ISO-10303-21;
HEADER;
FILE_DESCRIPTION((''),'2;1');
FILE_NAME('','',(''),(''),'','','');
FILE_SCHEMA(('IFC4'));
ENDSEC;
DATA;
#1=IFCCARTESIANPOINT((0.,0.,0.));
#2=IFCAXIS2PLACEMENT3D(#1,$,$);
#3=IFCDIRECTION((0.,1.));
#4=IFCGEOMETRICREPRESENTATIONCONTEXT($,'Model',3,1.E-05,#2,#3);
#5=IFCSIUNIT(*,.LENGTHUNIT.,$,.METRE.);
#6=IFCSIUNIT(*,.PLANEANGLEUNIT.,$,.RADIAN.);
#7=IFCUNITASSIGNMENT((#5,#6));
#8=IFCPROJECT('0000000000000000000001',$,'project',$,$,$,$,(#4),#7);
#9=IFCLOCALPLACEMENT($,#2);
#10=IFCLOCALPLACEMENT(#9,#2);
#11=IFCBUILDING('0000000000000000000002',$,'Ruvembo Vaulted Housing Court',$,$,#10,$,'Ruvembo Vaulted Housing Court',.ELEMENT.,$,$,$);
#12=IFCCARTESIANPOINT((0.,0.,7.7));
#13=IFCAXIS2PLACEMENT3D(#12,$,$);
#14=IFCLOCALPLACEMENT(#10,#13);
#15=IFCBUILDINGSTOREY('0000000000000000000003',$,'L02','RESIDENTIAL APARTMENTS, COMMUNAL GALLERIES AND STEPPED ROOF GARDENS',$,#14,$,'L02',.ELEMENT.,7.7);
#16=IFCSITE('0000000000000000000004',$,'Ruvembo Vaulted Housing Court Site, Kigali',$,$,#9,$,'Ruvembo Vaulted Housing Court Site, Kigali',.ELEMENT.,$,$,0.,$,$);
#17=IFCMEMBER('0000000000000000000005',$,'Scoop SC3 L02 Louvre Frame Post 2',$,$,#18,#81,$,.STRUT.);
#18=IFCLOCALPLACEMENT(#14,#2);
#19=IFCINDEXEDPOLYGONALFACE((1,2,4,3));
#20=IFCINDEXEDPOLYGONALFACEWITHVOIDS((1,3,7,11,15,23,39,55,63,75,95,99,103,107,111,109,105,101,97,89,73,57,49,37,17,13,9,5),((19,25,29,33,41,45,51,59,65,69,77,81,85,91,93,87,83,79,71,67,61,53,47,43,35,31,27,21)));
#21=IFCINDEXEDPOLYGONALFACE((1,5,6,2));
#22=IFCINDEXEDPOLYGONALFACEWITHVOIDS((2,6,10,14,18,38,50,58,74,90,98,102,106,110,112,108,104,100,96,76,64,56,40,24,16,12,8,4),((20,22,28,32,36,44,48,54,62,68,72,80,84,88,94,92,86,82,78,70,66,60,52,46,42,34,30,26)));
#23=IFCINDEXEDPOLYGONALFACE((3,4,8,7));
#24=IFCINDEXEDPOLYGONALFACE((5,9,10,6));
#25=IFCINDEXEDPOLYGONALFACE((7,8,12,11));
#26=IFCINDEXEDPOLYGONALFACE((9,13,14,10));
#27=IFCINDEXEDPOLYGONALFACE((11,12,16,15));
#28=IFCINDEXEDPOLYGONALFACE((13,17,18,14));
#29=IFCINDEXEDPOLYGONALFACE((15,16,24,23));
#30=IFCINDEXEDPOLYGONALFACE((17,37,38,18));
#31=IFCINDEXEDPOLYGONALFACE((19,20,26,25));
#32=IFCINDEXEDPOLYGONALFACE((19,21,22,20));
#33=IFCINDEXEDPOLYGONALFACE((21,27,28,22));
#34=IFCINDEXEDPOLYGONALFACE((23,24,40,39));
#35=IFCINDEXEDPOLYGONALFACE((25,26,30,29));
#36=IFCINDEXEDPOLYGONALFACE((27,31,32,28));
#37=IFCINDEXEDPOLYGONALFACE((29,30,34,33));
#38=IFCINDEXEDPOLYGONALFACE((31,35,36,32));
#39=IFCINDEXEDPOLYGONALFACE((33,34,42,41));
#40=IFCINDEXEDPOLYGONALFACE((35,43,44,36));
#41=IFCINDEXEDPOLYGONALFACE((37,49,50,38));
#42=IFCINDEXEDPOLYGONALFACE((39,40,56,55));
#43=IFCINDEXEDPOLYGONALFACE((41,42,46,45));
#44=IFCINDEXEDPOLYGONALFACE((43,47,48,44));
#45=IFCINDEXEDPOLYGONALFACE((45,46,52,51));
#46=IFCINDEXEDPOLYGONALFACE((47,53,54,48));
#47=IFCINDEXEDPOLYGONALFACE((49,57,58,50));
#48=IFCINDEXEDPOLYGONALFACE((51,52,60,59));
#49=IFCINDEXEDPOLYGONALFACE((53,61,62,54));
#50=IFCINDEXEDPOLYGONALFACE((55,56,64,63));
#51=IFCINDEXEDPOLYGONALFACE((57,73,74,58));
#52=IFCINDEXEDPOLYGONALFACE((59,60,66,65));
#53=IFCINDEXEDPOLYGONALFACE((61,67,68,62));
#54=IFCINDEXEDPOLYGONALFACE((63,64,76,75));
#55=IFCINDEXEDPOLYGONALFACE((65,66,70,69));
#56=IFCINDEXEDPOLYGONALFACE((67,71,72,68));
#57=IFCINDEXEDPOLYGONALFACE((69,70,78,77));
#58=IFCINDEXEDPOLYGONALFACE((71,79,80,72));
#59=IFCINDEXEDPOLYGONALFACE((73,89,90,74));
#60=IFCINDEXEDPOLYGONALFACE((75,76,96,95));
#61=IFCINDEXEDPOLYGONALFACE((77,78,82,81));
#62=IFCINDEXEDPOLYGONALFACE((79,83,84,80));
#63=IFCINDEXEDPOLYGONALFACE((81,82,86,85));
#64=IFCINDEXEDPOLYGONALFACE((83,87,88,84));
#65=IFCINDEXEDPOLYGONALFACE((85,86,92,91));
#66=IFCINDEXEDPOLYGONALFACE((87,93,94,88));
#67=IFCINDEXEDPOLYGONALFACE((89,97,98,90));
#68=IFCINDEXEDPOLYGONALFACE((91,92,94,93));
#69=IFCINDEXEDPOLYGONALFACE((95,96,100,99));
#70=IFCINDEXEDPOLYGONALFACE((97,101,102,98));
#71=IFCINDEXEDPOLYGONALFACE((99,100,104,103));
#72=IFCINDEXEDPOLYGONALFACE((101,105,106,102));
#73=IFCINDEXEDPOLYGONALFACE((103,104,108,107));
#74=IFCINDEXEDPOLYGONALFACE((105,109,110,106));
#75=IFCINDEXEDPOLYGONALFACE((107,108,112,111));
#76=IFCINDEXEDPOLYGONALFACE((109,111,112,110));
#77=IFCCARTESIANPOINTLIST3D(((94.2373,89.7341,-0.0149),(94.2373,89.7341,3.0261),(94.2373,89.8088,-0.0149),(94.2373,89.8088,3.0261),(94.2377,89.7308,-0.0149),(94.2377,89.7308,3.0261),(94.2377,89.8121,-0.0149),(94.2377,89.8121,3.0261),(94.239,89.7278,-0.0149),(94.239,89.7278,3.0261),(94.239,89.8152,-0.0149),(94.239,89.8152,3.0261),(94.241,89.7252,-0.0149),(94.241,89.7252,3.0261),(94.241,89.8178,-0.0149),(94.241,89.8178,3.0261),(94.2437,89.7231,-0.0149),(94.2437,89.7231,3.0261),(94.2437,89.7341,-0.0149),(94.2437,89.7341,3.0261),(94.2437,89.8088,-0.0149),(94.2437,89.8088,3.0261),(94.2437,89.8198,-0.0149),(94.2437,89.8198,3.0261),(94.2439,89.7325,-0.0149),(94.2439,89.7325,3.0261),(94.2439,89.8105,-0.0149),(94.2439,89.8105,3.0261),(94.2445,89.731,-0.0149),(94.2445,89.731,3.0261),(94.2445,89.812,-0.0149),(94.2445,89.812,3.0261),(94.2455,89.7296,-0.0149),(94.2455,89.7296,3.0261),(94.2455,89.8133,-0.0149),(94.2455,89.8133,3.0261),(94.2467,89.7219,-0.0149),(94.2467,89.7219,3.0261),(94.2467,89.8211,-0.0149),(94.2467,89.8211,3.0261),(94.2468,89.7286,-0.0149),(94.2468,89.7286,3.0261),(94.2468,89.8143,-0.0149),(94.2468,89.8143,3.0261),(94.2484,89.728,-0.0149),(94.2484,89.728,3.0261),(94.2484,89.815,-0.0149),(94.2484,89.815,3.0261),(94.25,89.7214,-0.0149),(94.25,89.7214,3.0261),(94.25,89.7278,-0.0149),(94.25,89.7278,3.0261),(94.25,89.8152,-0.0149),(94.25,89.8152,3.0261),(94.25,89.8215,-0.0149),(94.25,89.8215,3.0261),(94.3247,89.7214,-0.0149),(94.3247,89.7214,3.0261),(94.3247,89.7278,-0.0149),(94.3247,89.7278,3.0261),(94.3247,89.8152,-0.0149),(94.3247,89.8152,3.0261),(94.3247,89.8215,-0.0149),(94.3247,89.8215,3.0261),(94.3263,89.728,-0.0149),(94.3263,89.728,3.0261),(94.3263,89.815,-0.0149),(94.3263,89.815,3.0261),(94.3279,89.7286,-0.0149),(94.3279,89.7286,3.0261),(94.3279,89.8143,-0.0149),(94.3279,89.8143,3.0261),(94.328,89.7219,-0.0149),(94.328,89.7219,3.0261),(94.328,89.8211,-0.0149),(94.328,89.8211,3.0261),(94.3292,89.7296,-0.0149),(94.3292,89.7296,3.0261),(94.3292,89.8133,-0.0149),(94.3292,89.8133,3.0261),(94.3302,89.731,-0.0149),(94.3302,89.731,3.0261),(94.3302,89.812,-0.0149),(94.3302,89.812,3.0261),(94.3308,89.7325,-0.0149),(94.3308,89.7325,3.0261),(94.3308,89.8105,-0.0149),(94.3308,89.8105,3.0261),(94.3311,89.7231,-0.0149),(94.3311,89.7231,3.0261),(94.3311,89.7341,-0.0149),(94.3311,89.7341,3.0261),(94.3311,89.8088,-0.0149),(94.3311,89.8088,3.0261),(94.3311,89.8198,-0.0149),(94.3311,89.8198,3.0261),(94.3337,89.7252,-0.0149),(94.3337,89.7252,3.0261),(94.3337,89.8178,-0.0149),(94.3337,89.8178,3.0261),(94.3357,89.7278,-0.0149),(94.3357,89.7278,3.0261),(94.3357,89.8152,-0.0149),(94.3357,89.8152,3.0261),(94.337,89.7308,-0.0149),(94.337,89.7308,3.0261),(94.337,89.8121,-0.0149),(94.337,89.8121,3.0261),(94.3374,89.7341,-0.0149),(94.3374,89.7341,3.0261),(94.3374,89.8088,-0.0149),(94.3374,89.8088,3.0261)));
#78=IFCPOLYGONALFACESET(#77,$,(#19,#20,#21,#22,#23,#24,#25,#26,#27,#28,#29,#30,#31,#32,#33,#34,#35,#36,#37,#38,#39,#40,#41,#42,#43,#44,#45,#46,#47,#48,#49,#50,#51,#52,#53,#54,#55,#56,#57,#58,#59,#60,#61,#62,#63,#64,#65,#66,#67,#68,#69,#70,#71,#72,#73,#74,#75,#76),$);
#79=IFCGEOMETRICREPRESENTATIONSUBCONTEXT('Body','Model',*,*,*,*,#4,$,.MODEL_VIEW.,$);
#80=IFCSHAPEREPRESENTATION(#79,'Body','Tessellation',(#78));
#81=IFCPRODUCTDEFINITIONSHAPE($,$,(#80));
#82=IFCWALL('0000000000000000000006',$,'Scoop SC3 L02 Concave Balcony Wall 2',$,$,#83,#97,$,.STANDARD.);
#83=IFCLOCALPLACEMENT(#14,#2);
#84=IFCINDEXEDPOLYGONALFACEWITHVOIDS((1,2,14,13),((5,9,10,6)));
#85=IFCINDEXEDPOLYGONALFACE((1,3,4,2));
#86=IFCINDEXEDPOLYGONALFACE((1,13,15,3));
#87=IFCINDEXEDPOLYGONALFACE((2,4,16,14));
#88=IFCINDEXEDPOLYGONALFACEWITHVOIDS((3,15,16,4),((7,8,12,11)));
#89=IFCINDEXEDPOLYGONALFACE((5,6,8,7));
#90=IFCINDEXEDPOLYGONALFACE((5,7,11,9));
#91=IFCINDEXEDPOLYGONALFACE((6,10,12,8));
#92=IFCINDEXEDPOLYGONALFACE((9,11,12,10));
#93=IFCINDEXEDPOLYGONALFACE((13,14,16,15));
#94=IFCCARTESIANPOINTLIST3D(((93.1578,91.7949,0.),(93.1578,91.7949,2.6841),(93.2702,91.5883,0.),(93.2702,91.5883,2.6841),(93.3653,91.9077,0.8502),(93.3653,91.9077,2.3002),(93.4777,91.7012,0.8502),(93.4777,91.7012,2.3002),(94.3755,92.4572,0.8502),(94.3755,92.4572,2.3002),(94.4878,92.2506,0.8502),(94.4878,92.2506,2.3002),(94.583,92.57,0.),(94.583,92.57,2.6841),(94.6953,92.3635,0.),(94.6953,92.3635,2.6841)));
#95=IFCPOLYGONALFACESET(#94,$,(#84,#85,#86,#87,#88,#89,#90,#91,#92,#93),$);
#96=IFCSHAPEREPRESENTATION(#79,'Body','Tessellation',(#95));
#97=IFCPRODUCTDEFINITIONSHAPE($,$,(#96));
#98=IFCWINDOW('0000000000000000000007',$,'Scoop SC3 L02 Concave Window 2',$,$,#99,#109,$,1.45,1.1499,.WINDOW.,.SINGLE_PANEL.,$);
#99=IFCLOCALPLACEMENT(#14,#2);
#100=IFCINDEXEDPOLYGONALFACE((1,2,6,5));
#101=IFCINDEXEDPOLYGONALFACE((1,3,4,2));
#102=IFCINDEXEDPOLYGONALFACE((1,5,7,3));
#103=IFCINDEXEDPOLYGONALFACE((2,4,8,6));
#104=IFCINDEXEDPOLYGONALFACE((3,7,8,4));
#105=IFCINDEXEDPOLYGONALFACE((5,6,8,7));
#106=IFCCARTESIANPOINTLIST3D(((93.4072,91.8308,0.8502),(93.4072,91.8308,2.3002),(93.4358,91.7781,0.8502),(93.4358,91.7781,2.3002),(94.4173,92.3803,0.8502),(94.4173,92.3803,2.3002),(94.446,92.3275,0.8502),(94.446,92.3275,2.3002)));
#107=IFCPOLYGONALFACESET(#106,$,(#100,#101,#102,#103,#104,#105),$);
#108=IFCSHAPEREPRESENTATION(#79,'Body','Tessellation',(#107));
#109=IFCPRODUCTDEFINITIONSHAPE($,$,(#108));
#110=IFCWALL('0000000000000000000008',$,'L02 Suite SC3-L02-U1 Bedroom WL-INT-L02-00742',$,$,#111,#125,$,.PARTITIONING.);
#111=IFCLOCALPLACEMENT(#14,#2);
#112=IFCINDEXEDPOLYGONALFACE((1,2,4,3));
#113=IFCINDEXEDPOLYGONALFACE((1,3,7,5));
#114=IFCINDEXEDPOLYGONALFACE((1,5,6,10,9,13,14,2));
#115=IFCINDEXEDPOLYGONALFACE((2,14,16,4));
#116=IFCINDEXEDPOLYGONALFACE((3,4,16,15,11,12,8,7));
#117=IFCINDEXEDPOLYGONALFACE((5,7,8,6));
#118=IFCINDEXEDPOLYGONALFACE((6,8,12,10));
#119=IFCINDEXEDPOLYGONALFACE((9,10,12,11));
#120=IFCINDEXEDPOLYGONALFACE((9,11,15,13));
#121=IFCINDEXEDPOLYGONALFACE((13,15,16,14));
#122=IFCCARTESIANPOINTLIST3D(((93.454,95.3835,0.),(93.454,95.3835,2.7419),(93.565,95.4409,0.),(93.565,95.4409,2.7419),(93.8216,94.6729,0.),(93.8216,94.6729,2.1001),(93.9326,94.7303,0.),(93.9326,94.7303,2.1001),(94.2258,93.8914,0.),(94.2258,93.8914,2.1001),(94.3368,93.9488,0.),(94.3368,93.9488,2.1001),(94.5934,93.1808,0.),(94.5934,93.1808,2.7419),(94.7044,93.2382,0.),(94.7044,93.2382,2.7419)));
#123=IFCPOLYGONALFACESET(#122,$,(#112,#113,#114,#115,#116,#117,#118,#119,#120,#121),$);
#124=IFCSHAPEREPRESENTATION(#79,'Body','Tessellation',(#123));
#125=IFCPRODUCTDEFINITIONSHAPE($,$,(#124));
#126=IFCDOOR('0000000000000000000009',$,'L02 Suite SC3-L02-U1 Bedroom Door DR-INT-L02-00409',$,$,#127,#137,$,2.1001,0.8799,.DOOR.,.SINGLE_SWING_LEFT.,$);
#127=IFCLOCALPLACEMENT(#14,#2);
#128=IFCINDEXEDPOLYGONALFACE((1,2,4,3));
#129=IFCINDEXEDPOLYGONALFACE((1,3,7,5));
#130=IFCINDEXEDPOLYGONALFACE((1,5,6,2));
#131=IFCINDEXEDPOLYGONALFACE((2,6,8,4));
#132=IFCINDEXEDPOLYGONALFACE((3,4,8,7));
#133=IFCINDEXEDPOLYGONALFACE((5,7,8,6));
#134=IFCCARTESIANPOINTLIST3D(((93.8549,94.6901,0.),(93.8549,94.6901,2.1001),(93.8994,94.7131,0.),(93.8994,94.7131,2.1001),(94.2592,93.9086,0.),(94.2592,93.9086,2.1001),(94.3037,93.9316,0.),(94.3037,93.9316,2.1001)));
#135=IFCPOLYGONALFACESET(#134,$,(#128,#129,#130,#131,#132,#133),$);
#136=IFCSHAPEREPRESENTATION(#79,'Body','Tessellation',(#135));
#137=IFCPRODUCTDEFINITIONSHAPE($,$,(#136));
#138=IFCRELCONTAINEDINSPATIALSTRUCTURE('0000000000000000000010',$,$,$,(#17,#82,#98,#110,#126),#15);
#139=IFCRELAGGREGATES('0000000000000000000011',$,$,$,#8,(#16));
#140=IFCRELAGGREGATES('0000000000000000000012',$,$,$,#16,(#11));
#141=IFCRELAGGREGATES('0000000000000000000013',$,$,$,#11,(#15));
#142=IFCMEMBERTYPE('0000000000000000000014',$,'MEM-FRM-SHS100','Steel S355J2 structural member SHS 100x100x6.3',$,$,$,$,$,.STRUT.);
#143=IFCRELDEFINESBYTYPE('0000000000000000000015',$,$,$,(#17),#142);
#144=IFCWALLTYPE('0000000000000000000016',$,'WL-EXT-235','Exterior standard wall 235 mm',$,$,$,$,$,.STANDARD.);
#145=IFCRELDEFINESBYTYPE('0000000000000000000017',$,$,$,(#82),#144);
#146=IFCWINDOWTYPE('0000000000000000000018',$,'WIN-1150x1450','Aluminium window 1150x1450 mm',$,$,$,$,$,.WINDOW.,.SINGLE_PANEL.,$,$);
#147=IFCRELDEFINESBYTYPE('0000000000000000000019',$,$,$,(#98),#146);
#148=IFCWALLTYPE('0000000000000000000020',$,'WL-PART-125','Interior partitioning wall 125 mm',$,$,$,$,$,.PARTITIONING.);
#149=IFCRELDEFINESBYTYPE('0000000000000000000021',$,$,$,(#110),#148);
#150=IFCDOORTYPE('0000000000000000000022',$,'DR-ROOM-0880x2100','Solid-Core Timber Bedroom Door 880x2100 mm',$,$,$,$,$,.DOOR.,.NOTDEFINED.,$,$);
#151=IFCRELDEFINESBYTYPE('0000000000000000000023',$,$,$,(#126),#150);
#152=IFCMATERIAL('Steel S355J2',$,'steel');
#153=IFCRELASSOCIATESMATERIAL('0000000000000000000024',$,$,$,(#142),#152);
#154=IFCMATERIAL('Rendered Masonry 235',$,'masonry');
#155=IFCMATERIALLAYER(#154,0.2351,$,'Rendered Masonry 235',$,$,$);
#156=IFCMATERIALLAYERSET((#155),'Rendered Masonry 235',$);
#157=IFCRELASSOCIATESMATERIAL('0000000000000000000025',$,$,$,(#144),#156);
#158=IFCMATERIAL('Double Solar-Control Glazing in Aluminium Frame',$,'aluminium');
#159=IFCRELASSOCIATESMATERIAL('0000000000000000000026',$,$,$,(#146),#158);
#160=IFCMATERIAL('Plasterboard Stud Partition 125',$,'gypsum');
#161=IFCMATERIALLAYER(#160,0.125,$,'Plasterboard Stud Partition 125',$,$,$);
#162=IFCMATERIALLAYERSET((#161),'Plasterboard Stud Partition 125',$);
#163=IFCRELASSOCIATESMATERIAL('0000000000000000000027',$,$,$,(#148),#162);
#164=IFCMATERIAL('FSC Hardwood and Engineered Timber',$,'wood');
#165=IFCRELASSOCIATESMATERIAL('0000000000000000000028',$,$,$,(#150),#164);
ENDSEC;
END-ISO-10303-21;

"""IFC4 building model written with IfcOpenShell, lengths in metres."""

from ifc_helpers import new_model, si_unit, direction, frame, frame_2d, origin, origin_2d, place, context, subcontext, project, spatial, rectangle, hollow_rectangle, extrude, material, layer, layer_set, material_profile, profile_set, type_object, element, fill, save


model = new_model("IFC4")

# Units and contexts
model_context = context("Model", 3, precision=1e-05, world=origin(), true_north=direction((0.0, 1.0)))
body_context = subcontext(model_context, "Body", "Model", "MODEL_VIEW")
ifc_project = project(units=[si_unit("LENGTHUNIT", "METRE"), si_unit("PLANEANGLEUNIT", "RADIAN")], contexts=[model_context])

# Site, building, storey
site_placement = place(None, origin())
site = spatial("IfcSite", under=ifc_project, at=site_placement, Name="Ruvembo Vaulted Housing Court Site, Kigali", LongName="Ruvembo Vaulted Housing Court Site, Kigali", CompositionType="ELEMENT", RefElevation=0.0)
building_placement = place(site_placement, origin())
building = spatial("IfcBuilding", under=site, at=building_placement, Name="Ruvembo Vaulted Housing Court", LongName="Ruvembo Vaulted Housing Court", CompositionType="ELEMENT")
storey_placement = place(building_placement, frame((0.0, 0.0, 7.7)))
storey = spatial("IfcBuildingStorey", under=building, at=storey_placement, Name="L02", Description="RESIDENTIAL APARTMENTS, COMMUNAL GALLERIES AND STEPPED ROOF GARDENS", LongName="L02", CompositionType="ELEMENT", Elevation=7.7)

# Shared definitions
ifc_material_1 = material(Name="Steel S355J2", Category="steel")

# Member
ifc_material_profile_1 = material_profile(ifc_material_1, hollow_rectangle(XDim=0.1001, YDim=0.1001, WallThickness=0.0063, InnerFilletRadius=0.0063, OuterFilletRadius=0.0127, at=origin_2d()), Name="SHS 100x100x6.3")
ifc_profile_set_1 = profile_set([ifc_material_profile_1], Name="Steel S355J2")
member_type_1 = type_object("IfcMemberType", Name="MEM-FRM-SHS100", Description="Steel S355J2 structural member SHS 100x100x6.3", PredefinedType="STRUT", material=ifc_profile_set_1)
for number, where, z_axis, x_axis, name in (
    (1, (94.2874, 89.7715, -0.0149), (0.0, 0.0, 1.0), (1.0, 0.0, 0.0), "Scoop SC3 L02 Louvre Frame Post 2"),
):
    element("IfcMember", number, at=place(storey_placement, frame(where, z_axis=z_axis, x_axis=x_axis)), inside=storey, type_object=member_type_1, Name=name, PredefinedType="STRUT", context=body_context, shape_type="SweptSolid", body=[
        extrude(hollow_rectangle(XDim=0.1001, YDim=0.1001, WallThickness=0.0063, InnerFilletRadius=0.0063, OuterFilletRadius=0.0127, at=origin_2d()), origin(), (0.0, 0.0, 1.0), 3.041),
    ])

# Wall, opening, window
ifc_material_2 = material(Name="Rendered Masonry 235", Category="masonry")
ifc_layer_1 = layer(ifc_material_2, 0.2351, Name="Rendered Masonry 235")
ifc_layer_set_1 = layer_set([ifc_layer_1], Name="Rendered Masonry 235")
wall_type_1 = type_object("IfcWallType", Name="WL-EXT-235", Description="Exterior standard wall 235 mm", PredefinedType="STANDARD", material=ifc_layer_set_1)
wall_1_placement = place(storey_placement, frame((93.2141, 91.6917, 0.0), z_axis=(0.0, 0.0, 1.0), x_axis=(0.878453, 0.477829, 0.0)))
wall_1 = element("IfcWall", 2, at=wall_1_placement, inside=storey, type_object=wall_type_1, Name="Scoop SC3 L02 Concave Balcony Wall 2", PredefinedType="STANDARD", context=body_context, shape_type="SweptSolid", body=[
    extrude(rectangle(XDim=1.6223, YDim=0.2351, at=frame_2d((0.811, 0.0))), origin(), (0.0, 0.0, 1.0), 2.6841),
])
opening_1_placement = place(wall_1_placement, frame((0.2361, 0.0, 0.8501)))
opening_1 = element("IfcOpeningElement", 3, at=opening_1_placement, cuts=wall_1, PredefinedType="OPENING", context=body_context, shape_type="SweptSolid", body=[
    extrude(rectangle(XDim=1.1499, YDim=1.45, at=frame_2d((0.575, 0.7251))), frame((0.0, 0.1274, 0.0), z_axis=(0.0, -1.0, 0.0), x_axis=(1.0, 0.0, 0.0)), (0.0, 0.0, 1.0), 0.2551),
])
ifc_material_3 = material(Name="Double Solar-Control Glazing in Aluminium Frame", Category="aluminium")
window_type = type_object("IfcWindowType", Name="WIN-1150x1450", Description="Aluminium window 1150x1450 mm", PartitioningType="SINGLE_PANEL", PredefinedType="WINDOW", material=ifc_material_3)
window_placement = place(opening_1_placement, origin())
window = element("IfcWindow", 4, at=window_placement, inside=storey, type_object=window_type, Name="Scoop SC3 L02 Concave Window 2", OverallHeight=1.45, OverallWidth=1.1499, PartitioningType="SINGLE_PANEL", PredefinedType="WINDOW", context=body_context, shape_type="SweptSolid", body=[
    extrude(rectangle(XDim=1.1499, YDim=1.45, at=frame_2d((0.575, 0.7251))), frame((0.0, 0.03, 0.0), z_axis=(0.0, -1.0, 0.0), x_axis=(1.0, 0.0, 0.0)), (0.0, 0.0, 1.0), 0.0601),
])
fill(opening_1, window)

# Wall, opening, door
ifc_material_4 = material(Name="Plasterboard Stud Partition 125", Category="gypsum")
ifc_layer_2 = layer(ifc_material_4, 0.125, Name="Plasterboard Stud Partition 125")
ifc_layer_set_2 = layer_set([ifc_layer_2], Name="Plasterboard Stud Partition 125")
wall_type_2 = type_object("IfcWallType", Name="WL-PART-125", Description="Interior partitioning wall 125 mm", PredefinedType="PARTITIONING", material=ifc_layer_set_2)
wall_2_placement = place(storey_placement, frame((94.6489, 93.2095, 0.0), z_axis=(0.0, 0.0, 1.0), x_axis=(-0.459458, 0.8882, 0.0)))
wall_2 = element("IfcWall", 5, at=wall_2_placement, inside=storey, type_object=wall_type_2, Name="L02 Suite SC3-L02-U1 Bedroom WL-INT-L02-00742", PredefinedType="PARTITIONING", context=body_context, shape_type="SweptSolid", body=[
    extrude(rectangle(XDim=2.48, YDim=0.125, at=frame_2d((1.24, 0.0))), origin(), (0.0, 0.0, 1.0), 2.7419),
])
opening_2_placement = place(wall_2_placement, frame((0.8, 0.0, 0.0)))
opening_2 = element("IfcOpeningElement", 6, at=opening_2_placement, cuts=wall_2, PredefinedType="OPENING", context=body_context, shape_type="SweptSolid", body=[
    extrude(rectangle(XDim=0.8799, YDim=2.1001, at=frame_2d((0.4399, 1.05))), frame((0.0, 0.0725, 0.0), z_axis=(0.0, -1.0, 0.0), x_axis=(1.0, 0.0, 0.0)), (0.0, 0.0, 1.0), 0.145),
])
ifc_material_5 = material(Name="FSC Hardwood and Engineered Timber", Category="wood")
door_type_1 = type_object("IfcDoorType", Name="DR-ROOM-0880x2100", Description="Solid-Core Timber Bedroom Door 880x2100 mm", OperationType="NOTDEFINED", PredefinedType="DOOR", material=ifc_material_5)
door_1_placement = place(opening_2_placement, origin())
door_1 = element("IfcDoor", 7, at=door_1_placement, inside=storey, type_object=door_type_1, Name="L02 Suite SC3-L02-U1 Bedroom Door DR-INT-L02-00409", OperationType="SINGLE_SWING_LEFT", OverallHeight=2.1001, OverallWidth=0.8799, PredefinedType="DOOR", context=body_context, shape_type="SweptSolid", body=[
    extrude(rectangle(XDim=0.8799, YDim=2.1001, at=frame_2d((0.4399, 1.05))), frame((0.0, 0.0249, 0.0), z_axis=(0.0, -1.0, 0.0), x_axis=(1.0, 0.0, 0.0)), (0.0, 0.0, 1.0), 0.05),
])
fill(opening_2, door_1)

save(model, "model.ifc")
